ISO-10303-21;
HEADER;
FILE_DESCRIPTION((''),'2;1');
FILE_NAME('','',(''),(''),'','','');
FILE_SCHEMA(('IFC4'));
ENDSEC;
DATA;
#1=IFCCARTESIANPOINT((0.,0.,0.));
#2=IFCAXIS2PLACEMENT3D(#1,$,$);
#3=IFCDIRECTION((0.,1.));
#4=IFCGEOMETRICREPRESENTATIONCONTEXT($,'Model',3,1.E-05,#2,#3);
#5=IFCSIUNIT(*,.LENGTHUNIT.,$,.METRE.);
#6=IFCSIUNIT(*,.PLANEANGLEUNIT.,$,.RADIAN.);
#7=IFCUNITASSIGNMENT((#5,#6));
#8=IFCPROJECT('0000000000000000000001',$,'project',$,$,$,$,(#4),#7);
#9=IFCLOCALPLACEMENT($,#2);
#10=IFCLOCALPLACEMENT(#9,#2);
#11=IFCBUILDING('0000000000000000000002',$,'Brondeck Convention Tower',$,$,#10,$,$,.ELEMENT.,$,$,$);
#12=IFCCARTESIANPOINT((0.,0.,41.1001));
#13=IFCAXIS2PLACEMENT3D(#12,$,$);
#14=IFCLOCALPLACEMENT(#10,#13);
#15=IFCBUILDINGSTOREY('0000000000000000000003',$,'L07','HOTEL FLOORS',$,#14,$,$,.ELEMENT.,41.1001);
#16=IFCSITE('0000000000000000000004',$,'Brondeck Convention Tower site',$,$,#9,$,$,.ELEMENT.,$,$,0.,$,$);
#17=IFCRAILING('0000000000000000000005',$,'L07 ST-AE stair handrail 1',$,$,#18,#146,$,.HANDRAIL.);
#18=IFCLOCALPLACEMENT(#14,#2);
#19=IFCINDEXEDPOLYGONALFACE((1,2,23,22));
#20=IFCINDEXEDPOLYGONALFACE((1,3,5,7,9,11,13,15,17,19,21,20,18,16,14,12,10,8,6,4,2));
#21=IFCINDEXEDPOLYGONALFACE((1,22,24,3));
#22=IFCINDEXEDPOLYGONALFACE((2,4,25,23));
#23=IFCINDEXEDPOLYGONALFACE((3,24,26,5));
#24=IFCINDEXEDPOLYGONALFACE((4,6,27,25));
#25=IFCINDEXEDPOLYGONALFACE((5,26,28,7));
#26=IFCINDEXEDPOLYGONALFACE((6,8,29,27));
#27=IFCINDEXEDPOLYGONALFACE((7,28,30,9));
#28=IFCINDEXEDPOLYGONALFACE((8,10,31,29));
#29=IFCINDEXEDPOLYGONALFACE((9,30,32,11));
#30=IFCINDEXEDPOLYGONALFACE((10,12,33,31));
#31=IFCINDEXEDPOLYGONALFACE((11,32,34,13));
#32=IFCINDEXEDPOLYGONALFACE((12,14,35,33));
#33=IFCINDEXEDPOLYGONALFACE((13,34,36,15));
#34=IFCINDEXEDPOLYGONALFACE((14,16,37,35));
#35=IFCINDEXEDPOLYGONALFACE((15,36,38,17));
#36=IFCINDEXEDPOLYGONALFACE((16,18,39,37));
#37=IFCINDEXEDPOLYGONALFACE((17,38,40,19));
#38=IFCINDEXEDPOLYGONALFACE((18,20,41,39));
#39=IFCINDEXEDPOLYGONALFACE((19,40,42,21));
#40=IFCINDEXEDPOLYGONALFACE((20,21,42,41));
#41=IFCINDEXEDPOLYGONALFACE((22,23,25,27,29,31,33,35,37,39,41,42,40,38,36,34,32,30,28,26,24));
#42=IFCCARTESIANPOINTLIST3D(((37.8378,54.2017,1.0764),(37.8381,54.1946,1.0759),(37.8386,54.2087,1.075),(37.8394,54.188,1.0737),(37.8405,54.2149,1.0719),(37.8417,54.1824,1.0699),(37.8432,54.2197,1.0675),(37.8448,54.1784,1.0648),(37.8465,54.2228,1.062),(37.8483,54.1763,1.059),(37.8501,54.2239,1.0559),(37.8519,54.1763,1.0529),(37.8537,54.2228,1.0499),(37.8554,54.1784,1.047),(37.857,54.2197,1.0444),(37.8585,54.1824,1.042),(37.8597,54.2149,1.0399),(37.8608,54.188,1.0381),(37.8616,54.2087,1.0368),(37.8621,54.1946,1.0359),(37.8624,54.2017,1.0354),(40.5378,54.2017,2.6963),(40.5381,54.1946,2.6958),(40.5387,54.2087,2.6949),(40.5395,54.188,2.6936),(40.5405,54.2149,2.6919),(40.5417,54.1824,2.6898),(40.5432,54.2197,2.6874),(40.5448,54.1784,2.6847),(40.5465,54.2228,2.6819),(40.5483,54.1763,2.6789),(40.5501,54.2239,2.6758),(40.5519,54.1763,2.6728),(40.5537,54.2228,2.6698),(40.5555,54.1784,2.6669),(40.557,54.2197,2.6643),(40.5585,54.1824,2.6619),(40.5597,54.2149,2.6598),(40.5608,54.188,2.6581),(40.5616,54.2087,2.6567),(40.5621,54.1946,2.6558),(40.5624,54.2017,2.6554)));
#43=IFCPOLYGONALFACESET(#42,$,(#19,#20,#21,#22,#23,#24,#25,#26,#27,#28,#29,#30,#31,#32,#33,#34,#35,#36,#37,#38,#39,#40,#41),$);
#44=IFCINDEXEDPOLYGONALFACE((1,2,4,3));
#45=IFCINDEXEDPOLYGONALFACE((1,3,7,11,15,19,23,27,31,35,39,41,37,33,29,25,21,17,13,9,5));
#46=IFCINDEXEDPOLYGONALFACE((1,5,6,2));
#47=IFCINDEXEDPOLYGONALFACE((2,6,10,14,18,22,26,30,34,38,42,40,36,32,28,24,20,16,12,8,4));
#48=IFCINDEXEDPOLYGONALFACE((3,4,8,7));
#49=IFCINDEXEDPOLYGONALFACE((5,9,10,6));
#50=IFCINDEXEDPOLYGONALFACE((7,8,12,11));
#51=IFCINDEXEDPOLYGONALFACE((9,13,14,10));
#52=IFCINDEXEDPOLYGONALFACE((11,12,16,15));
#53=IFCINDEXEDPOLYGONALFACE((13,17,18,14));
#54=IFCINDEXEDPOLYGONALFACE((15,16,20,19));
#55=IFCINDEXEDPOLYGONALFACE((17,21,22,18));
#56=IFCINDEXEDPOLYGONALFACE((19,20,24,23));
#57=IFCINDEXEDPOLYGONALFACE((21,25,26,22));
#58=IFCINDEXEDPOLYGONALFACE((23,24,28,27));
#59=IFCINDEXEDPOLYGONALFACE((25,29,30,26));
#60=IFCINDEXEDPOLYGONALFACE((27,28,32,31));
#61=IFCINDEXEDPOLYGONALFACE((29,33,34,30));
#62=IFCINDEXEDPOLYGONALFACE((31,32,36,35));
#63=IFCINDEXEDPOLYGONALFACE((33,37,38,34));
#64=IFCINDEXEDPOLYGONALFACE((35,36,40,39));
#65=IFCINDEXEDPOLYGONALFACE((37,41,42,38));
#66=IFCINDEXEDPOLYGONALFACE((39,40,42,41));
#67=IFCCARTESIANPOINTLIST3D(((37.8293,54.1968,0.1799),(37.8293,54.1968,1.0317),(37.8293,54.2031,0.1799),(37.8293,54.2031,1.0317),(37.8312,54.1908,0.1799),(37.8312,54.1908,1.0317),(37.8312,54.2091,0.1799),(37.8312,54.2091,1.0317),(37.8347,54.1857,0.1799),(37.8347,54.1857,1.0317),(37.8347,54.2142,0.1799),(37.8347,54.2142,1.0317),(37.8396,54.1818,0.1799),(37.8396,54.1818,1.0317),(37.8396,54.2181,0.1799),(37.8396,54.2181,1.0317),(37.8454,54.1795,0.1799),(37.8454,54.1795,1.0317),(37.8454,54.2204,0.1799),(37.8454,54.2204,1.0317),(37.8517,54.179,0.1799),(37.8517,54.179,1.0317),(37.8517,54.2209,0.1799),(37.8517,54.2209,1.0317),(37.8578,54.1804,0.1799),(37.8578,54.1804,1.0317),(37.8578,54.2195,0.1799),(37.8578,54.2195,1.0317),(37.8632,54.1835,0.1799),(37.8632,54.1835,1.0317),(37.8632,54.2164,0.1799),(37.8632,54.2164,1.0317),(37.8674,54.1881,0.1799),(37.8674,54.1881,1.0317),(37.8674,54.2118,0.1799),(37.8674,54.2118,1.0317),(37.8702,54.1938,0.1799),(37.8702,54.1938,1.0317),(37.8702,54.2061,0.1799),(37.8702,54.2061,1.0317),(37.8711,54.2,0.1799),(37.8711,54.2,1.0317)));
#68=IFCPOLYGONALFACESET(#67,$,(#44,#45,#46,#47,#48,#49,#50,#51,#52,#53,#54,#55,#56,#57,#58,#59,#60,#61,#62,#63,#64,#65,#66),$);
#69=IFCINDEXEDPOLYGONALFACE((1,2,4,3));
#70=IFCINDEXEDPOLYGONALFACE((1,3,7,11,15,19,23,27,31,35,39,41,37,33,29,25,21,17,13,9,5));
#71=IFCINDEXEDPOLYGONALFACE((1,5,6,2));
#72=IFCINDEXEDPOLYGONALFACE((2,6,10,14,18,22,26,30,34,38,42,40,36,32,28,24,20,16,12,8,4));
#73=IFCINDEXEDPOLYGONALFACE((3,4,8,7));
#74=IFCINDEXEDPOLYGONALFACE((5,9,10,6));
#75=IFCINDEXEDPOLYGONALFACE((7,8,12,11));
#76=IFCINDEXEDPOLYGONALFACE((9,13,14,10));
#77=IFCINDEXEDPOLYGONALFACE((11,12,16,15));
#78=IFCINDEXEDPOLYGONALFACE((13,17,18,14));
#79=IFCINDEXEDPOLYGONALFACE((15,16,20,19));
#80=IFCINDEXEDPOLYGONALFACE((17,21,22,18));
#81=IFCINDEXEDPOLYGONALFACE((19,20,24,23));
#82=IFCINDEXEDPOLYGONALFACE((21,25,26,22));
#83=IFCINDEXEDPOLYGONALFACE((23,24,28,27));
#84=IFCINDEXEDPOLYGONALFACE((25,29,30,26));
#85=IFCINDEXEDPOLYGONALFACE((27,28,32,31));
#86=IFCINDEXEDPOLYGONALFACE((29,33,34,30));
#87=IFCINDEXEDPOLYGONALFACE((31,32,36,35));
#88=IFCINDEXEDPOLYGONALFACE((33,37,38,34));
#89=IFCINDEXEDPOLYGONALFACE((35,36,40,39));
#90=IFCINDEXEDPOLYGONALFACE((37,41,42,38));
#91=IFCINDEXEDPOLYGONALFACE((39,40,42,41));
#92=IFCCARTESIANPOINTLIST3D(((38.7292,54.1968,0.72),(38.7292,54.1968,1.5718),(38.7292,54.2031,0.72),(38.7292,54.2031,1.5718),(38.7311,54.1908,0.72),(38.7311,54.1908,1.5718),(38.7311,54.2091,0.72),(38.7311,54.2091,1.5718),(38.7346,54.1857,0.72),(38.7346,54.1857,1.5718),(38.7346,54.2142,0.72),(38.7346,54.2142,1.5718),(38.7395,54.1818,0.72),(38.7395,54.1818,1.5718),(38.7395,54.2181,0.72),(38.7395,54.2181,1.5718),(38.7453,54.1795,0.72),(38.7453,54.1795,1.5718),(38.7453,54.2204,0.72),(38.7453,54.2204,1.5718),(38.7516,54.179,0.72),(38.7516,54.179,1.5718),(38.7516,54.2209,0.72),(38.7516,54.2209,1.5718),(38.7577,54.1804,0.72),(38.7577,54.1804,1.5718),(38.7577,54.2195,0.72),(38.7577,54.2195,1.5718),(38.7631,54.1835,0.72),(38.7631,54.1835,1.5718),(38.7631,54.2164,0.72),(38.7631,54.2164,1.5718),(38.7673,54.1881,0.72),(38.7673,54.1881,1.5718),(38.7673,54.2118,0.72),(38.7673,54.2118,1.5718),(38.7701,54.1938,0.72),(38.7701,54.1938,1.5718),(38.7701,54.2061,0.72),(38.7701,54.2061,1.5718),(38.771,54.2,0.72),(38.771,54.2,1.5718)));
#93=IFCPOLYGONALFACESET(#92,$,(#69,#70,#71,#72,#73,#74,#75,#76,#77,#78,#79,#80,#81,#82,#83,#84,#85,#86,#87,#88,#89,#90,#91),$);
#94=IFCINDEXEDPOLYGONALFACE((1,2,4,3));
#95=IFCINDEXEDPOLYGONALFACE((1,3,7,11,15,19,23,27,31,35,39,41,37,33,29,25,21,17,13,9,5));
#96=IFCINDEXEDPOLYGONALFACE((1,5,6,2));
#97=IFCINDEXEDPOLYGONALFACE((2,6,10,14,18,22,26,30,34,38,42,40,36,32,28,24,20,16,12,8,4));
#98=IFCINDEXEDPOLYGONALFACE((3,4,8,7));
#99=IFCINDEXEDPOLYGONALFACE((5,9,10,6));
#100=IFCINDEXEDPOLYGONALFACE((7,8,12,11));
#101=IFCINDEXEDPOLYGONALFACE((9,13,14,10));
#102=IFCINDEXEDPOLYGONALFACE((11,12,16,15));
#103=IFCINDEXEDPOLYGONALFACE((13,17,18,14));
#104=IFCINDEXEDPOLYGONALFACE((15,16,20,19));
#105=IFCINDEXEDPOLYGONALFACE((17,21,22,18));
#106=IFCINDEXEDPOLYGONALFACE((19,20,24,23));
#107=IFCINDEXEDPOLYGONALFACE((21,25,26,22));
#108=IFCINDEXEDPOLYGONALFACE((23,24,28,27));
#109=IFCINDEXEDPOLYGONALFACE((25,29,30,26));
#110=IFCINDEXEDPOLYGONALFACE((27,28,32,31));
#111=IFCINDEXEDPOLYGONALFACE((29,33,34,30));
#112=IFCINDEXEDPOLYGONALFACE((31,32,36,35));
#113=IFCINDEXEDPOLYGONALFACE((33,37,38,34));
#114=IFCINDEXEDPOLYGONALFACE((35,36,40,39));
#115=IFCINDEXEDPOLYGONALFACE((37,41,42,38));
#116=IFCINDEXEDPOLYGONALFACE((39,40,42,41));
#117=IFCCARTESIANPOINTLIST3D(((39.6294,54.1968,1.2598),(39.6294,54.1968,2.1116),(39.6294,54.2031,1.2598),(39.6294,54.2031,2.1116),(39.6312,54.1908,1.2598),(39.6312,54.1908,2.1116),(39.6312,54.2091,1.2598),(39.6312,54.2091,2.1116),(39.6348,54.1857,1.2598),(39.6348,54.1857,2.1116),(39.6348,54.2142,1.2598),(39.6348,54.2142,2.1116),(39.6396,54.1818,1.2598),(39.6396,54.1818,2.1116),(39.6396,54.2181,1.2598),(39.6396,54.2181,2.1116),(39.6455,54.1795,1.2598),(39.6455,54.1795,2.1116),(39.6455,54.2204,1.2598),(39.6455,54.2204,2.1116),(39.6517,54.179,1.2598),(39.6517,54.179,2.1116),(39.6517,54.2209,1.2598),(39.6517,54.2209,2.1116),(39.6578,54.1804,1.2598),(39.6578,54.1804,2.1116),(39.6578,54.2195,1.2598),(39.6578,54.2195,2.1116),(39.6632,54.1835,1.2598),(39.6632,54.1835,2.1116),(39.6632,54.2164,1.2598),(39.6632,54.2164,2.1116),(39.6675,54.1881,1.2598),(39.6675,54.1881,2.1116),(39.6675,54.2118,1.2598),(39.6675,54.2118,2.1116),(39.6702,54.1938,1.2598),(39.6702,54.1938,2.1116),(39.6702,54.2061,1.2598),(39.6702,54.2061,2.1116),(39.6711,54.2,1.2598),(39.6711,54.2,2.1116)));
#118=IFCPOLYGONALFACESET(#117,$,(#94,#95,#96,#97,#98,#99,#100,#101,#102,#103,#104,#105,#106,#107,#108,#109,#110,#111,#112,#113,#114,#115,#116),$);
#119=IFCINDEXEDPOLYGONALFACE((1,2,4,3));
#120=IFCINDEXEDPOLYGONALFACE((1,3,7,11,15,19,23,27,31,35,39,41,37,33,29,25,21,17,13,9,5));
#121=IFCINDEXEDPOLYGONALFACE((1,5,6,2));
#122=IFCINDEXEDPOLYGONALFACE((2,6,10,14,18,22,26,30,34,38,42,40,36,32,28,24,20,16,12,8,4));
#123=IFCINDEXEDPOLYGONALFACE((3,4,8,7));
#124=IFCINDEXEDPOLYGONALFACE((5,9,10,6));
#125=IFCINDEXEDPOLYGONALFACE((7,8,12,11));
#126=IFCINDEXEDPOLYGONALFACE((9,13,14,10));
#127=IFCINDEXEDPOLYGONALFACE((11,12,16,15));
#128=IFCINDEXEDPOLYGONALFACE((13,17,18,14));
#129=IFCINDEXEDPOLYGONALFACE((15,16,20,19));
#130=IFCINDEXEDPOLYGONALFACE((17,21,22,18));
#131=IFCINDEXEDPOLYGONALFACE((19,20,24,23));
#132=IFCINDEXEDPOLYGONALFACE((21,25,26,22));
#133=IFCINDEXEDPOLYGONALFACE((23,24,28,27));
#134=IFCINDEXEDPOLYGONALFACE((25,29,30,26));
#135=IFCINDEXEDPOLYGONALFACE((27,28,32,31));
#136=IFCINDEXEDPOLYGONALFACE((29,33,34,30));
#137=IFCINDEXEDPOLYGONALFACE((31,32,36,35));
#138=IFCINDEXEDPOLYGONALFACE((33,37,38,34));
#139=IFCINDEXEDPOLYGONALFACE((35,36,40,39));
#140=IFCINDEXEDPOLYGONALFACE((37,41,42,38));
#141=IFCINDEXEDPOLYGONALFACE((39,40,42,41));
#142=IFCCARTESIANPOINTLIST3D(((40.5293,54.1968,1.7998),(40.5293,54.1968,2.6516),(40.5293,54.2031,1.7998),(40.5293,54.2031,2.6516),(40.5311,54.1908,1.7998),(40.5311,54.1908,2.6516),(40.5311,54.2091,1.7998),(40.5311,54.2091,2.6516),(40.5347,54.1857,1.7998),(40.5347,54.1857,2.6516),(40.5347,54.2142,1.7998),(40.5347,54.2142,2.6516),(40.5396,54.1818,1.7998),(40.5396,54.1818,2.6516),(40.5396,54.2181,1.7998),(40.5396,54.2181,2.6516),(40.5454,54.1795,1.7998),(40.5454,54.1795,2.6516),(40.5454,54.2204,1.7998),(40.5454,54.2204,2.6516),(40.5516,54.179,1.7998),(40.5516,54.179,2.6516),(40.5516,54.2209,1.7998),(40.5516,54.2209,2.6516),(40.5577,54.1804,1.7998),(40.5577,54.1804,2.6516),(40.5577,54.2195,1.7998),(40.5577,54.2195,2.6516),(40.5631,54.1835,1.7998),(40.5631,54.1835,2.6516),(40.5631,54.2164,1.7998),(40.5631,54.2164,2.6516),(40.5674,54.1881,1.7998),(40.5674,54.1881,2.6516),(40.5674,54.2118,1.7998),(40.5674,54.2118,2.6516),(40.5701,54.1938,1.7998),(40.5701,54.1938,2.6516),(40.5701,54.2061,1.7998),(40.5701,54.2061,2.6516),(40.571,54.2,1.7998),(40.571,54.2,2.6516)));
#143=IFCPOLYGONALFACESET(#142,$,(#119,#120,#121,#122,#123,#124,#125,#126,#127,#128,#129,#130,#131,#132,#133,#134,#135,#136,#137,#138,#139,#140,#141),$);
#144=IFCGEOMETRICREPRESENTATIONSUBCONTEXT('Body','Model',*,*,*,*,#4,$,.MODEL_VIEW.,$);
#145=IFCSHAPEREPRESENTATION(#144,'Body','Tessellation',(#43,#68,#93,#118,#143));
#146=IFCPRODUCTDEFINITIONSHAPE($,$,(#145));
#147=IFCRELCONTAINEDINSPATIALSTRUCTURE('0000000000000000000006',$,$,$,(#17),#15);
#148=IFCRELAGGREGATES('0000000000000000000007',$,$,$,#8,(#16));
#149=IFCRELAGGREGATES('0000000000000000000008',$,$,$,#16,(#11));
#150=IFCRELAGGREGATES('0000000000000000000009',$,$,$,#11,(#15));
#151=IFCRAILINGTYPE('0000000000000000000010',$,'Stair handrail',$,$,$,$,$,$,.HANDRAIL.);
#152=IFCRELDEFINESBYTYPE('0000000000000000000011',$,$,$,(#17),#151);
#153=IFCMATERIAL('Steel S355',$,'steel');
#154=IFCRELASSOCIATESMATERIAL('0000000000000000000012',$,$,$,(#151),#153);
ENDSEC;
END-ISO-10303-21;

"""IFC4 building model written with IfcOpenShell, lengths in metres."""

from ifc_helpers import new_model, si_unit, direction, frame, origin, origin_2d, place, context, subcontext, project, spatial, circle, extrude, material, type_object, element, save


model = new_model("IFC4")

# Units and contexts
model_context = context("Model", 3, precision=1e-05, world=origin(), true_north=direction((0.0, 1.0)))
body_context = subcontext(model_context, "Body", "Model", "MODEL_VIEW")
ifc_project = project(units=[si_unit("LENGTHUNIT", "METRE"), si_unit("PLANEANGLEUNIT", "RADIAN")], contexts=[model_context])

# Site, building, storey
site_placement = place(None, origin())
site = spatial("IfcSite", under=ifc_project, at=site_placement, Name="Brondeck Convention Tower site", CompositionType="ELEMENT", RefElevation=0.0)
building_placement = place(site_placement, origin())
building = spatial("IfcBuilding", under=site, at=building_placement, Name="Brondeck Convention Tower", CompositionType="ELEMENT")
storey_placement = place(building_placement, frame((0.0, 0.0, 41.1001)))
storey = spatial("IfcBuildingStorey", under=building, at=storey_placement, Name="L07", Description="HOTEL FLOORS", CompositionType="ELEMENT", Elevation=41.1001)

# Shared definitions
ifc_material_1 = material(Name="Steel S355", Category="steel")

# Railing
railing_type_1 = type_object("IfcRailingType", Name="Stair handrail", PredefinedType="HANDRAIL", material=ifc_material_1)
railing_1_placement = place(storey_placement, frame((37.8501, 54.2, 0.1799)))
element("IfcRailing", 1, at=railing_1_placement, inside=storey, type_object=railing_type_1, Name="L07 ST-AE stair handrail 1", PredefinedType="HANDRAIL", context=body_context, shape_type="SweptSolid", body=[
    extrude(circle(Radius=0.0239, at=origin_2d()), frame((0.0, 0.0, 0.876), z_axis=(0.857507, 0.0, 0.514473), x_axis=(0.0, 1.0, 0.0)), (0.0, 0.0, 1.0), 3.1487),
    extrude(circle(Radius=0.021, at=origin_2d()), origin(), (0.0, 0.0, 1.0), 0.8518),
    extrude(circle(Radius=0.021, at=origin_2d()), frame((0.8999, 0.0, 0.54)), (0.0, 0.0, 1.0), 0.8518),
    extrude(circle(Radius=0.021, at=origin_2d()), frame((1.8, 0.0, 1.0798)), (0.0, 0.0, 1.0), 0.8518),
    extrude(circle(Radius=0.021, at=origin_2d()), frame((2.7, 0.0, 1.6199)), (0.0, 0.0, 1.0), 0.8518),
])

save(model, "model.ifc")
